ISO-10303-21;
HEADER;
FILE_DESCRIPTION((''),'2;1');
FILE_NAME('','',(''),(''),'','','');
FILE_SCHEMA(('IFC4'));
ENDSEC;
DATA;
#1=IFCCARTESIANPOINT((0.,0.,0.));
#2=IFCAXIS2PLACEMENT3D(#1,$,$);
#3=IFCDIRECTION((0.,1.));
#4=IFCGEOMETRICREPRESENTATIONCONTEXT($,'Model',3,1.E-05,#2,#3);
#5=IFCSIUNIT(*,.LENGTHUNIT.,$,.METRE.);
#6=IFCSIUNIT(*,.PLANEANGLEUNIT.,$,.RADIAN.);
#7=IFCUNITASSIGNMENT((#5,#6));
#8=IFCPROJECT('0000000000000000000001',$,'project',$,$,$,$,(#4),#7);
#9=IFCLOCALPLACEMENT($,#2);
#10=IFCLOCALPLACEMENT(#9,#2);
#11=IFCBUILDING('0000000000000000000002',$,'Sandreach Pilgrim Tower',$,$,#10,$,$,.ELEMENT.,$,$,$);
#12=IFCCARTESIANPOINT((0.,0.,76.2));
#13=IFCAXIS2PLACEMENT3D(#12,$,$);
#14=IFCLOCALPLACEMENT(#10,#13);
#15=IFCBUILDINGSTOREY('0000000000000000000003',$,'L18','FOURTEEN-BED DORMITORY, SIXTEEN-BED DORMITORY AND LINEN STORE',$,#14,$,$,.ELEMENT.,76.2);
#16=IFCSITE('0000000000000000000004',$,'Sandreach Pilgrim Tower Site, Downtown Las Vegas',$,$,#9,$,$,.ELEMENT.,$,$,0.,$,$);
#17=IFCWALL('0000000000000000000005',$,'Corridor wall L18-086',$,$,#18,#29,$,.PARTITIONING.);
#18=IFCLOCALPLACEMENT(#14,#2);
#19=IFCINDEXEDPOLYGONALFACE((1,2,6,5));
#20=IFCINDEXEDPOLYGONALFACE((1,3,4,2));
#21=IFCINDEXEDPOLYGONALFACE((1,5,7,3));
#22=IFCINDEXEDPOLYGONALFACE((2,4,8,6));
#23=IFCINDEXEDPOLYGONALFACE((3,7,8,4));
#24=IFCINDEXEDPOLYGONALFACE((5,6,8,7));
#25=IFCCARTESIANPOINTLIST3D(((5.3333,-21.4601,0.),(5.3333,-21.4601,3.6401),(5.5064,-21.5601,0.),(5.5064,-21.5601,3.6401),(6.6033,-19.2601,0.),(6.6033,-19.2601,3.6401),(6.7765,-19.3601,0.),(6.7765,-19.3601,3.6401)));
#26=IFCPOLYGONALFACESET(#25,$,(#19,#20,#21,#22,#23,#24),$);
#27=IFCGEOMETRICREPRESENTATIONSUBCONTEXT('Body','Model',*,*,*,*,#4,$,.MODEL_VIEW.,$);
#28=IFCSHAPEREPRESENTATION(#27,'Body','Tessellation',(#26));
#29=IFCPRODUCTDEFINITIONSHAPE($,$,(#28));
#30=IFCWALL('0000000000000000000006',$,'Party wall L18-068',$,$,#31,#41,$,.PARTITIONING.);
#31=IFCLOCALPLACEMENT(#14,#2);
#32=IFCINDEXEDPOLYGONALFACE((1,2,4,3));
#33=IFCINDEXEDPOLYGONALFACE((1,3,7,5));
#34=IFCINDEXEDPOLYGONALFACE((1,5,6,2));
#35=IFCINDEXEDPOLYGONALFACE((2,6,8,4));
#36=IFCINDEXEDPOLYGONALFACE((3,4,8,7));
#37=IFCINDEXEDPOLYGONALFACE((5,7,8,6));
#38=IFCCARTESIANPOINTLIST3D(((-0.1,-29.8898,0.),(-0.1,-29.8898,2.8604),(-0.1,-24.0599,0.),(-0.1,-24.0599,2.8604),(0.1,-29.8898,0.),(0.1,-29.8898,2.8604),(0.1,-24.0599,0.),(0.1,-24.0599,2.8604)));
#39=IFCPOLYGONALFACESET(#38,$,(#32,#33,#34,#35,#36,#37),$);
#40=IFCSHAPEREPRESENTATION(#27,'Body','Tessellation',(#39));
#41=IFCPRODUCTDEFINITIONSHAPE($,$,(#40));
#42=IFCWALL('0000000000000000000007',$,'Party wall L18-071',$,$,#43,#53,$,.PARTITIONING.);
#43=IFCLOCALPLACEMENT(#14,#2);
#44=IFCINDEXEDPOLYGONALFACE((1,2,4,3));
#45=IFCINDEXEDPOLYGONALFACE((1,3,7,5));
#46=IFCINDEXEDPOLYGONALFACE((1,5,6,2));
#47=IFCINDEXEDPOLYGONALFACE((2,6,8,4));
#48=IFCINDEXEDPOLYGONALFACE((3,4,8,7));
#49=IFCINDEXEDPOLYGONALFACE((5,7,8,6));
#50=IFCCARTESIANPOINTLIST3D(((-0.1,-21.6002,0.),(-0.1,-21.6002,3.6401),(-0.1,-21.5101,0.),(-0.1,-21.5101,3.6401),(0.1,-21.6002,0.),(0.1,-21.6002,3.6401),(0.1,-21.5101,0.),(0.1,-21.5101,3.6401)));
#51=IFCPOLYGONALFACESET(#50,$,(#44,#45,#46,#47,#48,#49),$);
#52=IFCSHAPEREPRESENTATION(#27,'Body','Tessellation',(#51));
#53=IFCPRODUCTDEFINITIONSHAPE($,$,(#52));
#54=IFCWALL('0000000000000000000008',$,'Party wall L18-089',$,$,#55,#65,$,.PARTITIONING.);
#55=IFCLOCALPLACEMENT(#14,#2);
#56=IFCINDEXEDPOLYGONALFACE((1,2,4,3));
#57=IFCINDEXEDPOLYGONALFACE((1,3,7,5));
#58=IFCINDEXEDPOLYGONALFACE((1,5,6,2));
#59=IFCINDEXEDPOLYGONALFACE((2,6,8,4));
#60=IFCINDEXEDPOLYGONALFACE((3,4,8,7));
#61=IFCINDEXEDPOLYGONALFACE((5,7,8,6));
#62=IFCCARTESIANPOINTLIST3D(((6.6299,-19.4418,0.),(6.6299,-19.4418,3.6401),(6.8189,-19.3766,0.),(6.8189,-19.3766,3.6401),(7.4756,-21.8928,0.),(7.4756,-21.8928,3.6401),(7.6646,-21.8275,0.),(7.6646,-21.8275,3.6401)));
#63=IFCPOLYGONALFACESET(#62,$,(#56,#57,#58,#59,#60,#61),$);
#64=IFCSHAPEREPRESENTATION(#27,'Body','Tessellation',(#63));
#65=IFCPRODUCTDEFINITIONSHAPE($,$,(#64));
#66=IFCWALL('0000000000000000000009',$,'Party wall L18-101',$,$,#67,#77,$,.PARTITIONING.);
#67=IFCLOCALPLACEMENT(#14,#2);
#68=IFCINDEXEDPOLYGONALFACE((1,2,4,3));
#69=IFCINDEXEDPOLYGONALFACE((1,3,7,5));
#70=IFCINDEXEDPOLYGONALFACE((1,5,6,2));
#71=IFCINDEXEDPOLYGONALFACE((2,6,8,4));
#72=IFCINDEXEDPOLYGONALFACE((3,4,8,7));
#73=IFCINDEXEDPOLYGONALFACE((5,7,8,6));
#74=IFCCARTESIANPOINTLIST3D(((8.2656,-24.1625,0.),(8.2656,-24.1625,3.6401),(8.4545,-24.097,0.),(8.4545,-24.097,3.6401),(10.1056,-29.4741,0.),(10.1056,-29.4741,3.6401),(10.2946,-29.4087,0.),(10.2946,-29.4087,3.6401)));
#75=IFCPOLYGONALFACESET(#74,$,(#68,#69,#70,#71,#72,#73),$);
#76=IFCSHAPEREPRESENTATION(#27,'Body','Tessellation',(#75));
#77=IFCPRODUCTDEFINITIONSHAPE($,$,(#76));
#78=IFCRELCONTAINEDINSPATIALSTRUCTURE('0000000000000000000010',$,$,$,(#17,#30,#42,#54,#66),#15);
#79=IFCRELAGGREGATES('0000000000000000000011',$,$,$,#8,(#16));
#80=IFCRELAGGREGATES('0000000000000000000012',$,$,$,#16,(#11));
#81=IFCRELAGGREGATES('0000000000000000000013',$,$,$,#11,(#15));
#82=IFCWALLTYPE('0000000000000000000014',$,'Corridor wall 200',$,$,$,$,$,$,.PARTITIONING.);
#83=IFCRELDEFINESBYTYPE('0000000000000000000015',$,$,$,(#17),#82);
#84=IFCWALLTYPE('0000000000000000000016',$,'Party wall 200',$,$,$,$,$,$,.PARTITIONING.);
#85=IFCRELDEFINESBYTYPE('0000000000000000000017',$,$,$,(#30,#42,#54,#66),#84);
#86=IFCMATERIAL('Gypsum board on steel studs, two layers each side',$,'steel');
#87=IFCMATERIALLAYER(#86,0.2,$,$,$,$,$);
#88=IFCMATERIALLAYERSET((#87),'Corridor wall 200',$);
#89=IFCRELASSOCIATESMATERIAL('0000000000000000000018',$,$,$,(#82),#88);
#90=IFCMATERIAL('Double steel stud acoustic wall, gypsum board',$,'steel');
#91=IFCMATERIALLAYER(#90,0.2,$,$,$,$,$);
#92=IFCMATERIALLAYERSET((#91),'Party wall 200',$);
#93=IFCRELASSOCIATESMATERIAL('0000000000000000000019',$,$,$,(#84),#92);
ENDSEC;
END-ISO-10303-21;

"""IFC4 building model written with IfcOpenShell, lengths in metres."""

from ifc_helpers import new_model, si_unit, direction, frame, frame_2d, origin, place, context, subcontext, project, spatial, rectangle, extrude, material, layer, layer_set, type_object, element, save


model = new_model("IFC4")

# Units and contexts
model_context = context("Model", 3, precision=1e-05, world=origin(), true_north=direction((0.0, 1.0)))
body_context = subcontext(model_context, "Body", "Model", "MODEL_VIEW")
ifc_project = project(units=[si_unit("LENGTHUNIT", "METRE"), si_unit("PLANEANGLEUNIT", "RADIAN")], contexts=[model_context])

# Site, building, storey
site_placement = place(None, origin())
site = spatial("IfcSite", under=ifc_project, at=site_placement, Name="Sandreach Pilgrim Tower Site, Downtown Las Vegas", CompositionType="ELEMENT", RefElevation=0.0)
building_placement = place(site_placement, origin())
building = spatial("IfcBuilding", under=site, at=building_placement, Name="Sandreach Pilgrim Tower", CompositionType="ELEMENT")
storey_placement = place(building_placement, frame((0.0, 0.0, 76.2)))
storey = spatial("IfcBuildingStorey", under=building, at=storey_placement, Name="L18", Description="FOURTEEN-BED DORMITORY, SIXTEEN-BED DORMITORY AND LINEN STORE", CompositionType="ELEMENT", Elevation=76.2)

# Shared definitions
ifc_material_1 = material(Name="Gypsum board on steel studs, two layers each side", Category="steel")
ifc_layer_1 = layer(ifc_material_1, 0.2)
ifc_layer_set_1 = layer_set([ifc_layer_1], Name="Corridor wall 200")
wall_type_1 = type_object("IfcWallType", Name="Corridor wall 200", PredefinedType="PARTITIONING", material=ifc_layer_set_1)

# Wall
wall_1_placement = place(storey_placement, frame((5.4199, -21.51, 0.0), z_axis=(0.0, 0.0, 1.0), x_axis=(0.499964, 0.866046, 0.0)))
element("IfcWall", 1, at=wall_1_placement, inside=storey, type_object=wall_type_1, Name="Corridor wall L18-086", PredefinedType="PARTITIONING", context=body_context, shape_type="SweptSolid", body=[
    extrude(rectangle(XDim=2.5403, YDim=0.2, at=frame_2d((1.27, 0.0))), origin(), (0.0, 0.0, 1.0), 3.6401),
])

# Walls
ifc_material_2 = material(Name="Double steel stud acoustic wall, gypsum board", Category="steel")
ifc_layer_2 = layer(ifc_material_2, 0.2)
ifc_layer_set_2 = layer_set([ifc_layer_2], Name="Party wall 200")
wall_type_2 = type_object("IfcWallType", Name="Party wall 200", PredefinedType="PARTITIONING", material=ifc_layer_set_2)
wall_2_placement = place(storey_placement, frame((0.0, -29.8899, 0.0), z_axis=(0.0, 0.0, 1.0), x_axis=(0.0, 1.0, 0.0)))
element("IfcWall", 2, at=wall_2_placement, inside=storey, type_object=wall_type_2, Name="Party wall L18-068", PredefinedType="PARTITIONING", context=body_context, shape_type="SweptSolid", body=[
    extrude(rectangle(XDim=5.8298, YDim=0.2, at=frame_2d((2.915, 0.0))), origin(), (0.0, 0.0, 1.0), 2.8604),
])
wall_3_placement = place(storey_placement, frame((0.0, -21.6001, 0.0), z_axis=(0.0, 0.0, 1.0), x_axis=(0.0, 1.0, 0.0)))
element("IfcWall", 3, at=wall_3_placement, inside=storey, type_object=wall_type_2, Name="Party wall L18-071", PredefinedType="PARTITIONING", context=body_context, shape_type="SweptSolid", body=[
    extrude(rectangle(XDim=0.0901, YDim=0.2, at=frame_2d((0.0449, 0.0))), origin(), (0.0, 0.0, 1.0), 3.6401),
])
wall_4_placement = place(storey_placement, frame((6.7244, -19.4092, 0.0), z_axis=(0.0, 0.0, 1.0), x_axis=(0.326182, -0.945307, 0.0)))
element("IfcWall", 4, at=wall_4_placement, inside=storey, type_object=wall_type_2, Name="Party wall L18-089", PredefinedType="PARTITIONING", context=body_context, shape_type="SweptSolid", body=[
    extrude(rectangle(XDim=2.5928, YDim=0.2, at=frame_2d((1.2964, 0.0))), origin(), (0.0, 0.0, 1.0), 3.6401),
])
wall_5_placement = place(storey_placement, frame((8.3601, -24.1299, 0.0), z_axis=(0.0, 0.0, 1.0), x_axis=(0.327333, -0.944909, 0.0)))
element("IfcWall", 5, at=wall_5_placement, inside=storey, type_object=wall_type_2, Name="Party wall L18-101", PredefinedType="PARTITIONING", context=body_context, shape_type="SweptSolid", body=[
    extrude(rectangle(XDim=5.6213, YDim=0.2, at=frame_2d((2.8105, 0.0))), origin(), (0.0, 0.0, 1.0), 3.6401),
])

save(model, "model.ifc")
